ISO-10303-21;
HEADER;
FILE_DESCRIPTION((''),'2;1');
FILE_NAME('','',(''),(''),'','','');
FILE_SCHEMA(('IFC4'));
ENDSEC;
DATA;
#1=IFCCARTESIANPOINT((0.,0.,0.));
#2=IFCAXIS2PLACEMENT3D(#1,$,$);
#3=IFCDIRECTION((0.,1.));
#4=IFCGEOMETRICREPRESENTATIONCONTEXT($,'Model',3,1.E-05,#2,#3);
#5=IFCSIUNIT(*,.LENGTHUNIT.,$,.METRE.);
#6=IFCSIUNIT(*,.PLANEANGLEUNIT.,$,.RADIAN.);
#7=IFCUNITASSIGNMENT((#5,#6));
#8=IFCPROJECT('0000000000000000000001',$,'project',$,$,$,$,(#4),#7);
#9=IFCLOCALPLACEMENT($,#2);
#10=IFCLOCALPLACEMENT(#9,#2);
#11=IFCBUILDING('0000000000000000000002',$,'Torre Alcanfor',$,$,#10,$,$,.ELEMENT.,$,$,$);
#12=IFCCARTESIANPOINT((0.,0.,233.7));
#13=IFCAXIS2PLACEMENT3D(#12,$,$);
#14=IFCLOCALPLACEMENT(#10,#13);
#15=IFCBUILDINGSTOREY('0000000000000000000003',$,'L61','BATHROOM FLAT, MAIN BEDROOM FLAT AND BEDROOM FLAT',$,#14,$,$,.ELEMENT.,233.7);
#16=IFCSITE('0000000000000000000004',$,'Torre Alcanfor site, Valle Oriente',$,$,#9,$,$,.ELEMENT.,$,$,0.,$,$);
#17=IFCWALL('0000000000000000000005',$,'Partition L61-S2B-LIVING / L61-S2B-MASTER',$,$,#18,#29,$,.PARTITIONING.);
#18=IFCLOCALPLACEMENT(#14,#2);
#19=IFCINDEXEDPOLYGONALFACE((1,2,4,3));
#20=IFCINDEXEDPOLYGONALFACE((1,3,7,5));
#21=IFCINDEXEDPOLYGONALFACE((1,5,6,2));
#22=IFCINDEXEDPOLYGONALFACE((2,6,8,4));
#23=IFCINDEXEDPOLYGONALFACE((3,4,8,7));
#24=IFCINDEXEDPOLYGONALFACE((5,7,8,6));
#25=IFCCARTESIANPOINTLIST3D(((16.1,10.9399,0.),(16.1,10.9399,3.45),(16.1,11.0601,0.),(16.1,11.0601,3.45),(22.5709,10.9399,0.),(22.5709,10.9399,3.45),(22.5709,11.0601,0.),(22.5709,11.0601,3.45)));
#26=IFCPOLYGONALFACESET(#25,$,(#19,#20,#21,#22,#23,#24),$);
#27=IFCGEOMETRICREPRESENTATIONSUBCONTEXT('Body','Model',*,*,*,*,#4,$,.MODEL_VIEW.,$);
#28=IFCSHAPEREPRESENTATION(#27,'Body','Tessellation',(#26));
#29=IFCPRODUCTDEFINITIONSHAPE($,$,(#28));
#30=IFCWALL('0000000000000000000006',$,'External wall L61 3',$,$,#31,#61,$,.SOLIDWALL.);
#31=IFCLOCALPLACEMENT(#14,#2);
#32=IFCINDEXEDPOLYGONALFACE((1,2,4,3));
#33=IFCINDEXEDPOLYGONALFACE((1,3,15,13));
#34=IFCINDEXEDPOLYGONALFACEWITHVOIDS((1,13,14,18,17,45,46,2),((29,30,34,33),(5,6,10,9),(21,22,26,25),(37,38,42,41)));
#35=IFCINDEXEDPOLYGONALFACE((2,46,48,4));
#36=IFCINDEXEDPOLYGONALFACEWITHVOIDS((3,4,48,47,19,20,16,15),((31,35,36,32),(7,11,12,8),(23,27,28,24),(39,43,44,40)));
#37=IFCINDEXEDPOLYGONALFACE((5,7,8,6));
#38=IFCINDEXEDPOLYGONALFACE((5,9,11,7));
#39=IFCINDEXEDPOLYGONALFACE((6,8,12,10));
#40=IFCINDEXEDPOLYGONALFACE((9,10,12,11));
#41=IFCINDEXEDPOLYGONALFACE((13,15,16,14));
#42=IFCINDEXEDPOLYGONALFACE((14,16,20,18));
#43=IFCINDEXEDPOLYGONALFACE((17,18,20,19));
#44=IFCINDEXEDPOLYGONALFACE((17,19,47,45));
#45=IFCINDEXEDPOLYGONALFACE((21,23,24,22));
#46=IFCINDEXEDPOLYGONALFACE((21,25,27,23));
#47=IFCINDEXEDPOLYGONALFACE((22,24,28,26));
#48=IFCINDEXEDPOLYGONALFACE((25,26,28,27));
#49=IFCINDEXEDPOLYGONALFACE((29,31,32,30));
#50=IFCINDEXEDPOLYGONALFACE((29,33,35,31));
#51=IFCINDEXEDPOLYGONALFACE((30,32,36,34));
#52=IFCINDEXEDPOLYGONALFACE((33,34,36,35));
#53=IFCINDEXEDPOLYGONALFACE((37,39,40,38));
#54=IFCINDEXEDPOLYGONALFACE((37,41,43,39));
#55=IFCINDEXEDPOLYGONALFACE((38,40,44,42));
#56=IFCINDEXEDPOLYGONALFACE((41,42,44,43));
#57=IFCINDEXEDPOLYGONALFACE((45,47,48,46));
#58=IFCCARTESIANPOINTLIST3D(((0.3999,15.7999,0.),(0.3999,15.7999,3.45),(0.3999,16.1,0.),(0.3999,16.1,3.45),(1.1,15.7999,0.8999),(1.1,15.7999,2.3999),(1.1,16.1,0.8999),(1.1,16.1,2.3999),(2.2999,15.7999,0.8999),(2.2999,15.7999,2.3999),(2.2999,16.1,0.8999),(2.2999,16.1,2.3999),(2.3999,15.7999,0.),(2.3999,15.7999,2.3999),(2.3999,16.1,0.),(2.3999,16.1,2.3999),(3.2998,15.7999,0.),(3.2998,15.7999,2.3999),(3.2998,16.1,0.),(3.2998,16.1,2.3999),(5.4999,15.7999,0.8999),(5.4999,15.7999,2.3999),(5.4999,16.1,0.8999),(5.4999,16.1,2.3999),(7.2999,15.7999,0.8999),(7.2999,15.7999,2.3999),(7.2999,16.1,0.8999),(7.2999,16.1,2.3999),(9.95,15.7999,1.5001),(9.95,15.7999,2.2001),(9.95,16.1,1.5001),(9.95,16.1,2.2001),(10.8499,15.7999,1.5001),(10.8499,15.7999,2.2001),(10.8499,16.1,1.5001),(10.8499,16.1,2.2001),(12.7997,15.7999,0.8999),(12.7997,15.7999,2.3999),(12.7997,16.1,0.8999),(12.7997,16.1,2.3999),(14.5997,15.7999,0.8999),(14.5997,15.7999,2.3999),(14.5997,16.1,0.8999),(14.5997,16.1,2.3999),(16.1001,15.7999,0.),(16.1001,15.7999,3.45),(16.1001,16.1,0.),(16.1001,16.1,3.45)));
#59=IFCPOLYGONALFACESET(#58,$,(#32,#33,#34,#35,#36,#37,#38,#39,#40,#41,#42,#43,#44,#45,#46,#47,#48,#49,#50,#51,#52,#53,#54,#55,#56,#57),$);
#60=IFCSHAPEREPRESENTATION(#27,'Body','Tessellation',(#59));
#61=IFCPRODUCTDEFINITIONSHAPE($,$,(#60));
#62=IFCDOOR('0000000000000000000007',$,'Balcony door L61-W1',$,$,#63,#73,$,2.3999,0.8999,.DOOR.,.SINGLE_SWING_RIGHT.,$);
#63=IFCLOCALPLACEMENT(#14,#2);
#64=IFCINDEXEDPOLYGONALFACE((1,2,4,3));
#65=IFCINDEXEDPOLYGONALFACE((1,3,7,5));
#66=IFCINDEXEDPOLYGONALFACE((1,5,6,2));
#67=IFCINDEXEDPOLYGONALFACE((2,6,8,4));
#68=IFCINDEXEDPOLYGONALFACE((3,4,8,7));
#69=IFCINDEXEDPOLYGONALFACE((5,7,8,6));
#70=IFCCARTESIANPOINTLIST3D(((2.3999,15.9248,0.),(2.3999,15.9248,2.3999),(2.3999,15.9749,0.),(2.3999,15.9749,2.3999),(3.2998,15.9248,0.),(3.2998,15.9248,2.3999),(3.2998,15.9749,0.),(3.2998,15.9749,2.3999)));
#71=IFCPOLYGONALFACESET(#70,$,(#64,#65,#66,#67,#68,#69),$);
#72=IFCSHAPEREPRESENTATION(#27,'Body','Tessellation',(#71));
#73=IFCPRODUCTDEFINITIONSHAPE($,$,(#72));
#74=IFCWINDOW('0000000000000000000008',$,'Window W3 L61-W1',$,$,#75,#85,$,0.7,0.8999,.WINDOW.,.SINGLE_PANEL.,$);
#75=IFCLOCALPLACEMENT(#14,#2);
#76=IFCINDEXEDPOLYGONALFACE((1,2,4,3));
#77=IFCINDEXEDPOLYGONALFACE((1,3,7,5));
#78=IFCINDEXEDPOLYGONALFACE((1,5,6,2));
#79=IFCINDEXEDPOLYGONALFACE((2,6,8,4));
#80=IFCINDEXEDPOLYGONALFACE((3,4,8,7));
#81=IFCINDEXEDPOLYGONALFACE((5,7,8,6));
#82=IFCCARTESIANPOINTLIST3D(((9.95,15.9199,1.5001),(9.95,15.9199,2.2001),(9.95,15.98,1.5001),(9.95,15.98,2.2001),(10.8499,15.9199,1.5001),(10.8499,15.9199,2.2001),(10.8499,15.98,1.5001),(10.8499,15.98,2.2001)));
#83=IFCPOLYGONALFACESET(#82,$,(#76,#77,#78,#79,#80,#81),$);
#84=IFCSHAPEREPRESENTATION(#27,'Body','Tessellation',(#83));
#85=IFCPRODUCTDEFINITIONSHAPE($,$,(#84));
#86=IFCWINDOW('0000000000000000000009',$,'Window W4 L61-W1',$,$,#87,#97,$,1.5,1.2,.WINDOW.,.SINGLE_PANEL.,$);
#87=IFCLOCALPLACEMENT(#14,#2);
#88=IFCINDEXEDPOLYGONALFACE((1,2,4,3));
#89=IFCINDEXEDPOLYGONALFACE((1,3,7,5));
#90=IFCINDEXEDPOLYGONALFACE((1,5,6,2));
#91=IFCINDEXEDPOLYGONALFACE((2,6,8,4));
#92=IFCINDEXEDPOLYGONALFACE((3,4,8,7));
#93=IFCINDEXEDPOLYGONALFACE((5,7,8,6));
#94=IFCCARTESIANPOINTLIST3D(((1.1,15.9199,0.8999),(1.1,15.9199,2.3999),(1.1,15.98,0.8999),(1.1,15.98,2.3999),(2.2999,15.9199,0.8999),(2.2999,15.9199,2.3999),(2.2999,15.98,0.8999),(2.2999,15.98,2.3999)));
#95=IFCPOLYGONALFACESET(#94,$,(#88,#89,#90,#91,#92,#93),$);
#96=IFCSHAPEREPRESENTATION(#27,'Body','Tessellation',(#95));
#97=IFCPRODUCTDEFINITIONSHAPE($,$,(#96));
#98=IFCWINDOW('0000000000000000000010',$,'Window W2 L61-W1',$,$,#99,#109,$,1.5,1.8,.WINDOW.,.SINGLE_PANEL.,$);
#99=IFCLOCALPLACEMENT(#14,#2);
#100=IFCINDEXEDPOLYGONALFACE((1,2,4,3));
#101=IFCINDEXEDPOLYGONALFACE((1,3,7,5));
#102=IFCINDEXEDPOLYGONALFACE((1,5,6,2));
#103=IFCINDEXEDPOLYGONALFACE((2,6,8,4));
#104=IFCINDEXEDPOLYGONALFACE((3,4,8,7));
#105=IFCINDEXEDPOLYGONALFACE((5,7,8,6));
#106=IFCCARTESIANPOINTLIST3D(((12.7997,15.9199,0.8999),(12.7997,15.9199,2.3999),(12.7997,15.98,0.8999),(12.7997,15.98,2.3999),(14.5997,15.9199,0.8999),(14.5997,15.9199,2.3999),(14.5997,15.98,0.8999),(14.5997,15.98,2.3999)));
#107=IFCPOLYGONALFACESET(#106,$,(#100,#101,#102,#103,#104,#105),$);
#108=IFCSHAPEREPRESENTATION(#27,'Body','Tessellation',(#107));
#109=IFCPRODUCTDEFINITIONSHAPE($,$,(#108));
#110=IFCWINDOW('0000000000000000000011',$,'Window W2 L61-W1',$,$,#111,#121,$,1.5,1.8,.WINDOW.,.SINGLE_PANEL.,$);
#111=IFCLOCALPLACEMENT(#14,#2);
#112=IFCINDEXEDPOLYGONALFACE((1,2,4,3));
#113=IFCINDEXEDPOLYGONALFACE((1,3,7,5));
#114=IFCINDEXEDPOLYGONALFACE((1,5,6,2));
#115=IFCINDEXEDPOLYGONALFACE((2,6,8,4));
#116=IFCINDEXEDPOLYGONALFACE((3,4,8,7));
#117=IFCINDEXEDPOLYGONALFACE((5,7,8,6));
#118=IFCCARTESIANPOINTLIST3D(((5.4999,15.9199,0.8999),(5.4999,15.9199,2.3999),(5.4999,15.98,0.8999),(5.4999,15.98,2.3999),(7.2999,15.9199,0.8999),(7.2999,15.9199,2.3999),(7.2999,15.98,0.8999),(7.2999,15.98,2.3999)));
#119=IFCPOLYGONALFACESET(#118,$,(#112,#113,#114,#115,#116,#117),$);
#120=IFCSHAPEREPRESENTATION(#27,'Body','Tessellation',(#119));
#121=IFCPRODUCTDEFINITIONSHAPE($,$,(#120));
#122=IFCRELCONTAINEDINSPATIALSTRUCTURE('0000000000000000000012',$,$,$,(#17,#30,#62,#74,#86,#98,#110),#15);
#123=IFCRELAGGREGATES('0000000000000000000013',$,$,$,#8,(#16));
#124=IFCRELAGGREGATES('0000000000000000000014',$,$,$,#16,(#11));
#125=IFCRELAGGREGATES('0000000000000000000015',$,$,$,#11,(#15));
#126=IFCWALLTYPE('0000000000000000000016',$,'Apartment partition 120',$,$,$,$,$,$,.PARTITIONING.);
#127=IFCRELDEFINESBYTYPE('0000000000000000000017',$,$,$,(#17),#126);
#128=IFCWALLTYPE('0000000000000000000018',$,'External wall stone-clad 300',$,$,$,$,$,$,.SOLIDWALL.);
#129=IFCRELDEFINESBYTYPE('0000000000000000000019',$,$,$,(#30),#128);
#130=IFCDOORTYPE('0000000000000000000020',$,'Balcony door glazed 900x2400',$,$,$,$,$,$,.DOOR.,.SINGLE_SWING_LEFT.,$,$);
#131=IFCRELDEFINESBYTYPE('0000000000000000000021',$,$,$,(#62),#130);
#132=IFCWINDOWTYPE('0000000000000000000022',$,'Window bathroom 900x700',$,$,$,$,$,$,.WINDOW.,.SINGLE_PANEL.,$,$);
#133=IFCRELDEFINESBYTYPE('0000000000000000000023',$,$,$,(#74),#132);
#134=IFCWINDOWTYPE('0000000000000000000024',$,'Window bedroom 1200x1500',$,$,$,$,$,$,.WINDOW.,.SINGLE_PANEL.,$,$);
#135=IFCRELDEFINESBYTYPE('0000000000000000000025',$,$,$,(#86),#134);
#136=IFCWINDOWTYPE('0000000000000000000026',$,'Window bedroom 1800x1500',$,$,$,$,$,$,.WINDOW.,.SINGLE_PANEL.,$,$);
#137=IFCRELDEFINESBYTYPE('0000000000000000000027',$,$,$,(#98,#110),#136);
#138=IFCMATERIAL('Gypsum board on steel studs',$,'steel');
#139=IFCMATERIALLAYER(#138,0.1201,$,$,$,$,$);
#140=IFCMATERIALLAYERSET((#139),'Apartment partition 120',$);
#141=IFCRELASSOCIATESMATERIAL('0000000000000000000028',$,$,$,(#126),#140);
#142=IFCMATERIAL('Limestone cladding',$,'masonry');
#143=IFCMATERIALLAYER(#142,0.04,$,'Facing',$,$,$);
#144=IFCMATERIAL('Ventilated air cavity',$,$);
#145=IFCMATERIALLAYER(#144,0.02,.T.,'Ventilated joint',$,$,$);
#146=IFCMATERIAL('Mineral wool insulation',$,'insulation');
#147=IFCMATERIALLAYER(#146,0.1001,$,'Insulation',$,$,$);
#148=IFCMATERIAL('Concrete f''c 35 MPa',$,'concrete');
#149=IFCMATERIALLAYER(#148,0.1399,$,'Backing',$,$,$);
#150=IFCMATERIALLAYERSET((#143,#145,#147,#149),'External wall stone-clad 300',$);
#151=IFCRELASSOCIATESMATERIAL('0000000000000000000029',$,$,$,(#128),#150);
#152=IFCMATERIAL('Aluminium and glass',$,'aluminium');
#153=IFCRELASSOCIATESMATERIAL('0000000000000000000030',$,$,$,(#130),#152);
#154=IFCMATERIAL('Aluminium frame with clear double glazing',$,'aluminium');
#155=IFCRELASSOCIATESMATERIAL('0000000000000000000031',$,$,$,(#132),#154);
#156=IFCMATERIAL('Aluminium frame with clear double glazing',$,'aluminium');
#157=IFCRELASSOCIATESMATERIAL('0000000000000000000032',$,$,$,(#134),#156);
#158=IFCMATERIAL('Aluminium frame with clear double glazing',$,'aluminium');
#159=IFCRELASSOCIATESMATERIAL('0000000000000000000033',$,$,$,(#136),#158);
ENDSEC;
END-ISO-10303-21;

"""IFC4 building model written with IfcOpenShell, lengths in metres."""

from ifc_helpers import new_model, si_unit, direction, frame, frame_2d, origin, place, context, subcontext, project, spatial, rectangle, extrude, material, layer, layer_set, type_object, element, fill, save


model = new_model("IFC4")

# Units and contexts
model_context = context("Model", 3, precision=1e-05, world=origin(), true_north=direction((0.0, 1.0)))
body_context = subcontext(model_context, "Body", "Model", "MODEL_VIEW")
ifc_project = project(units=[si_unit("LENGTHUNIT", "METRE"), si_unit("PLANEANGLEUNIT", "RADIAN")], contexts=[model_context])

# Site, building, storey
site_placement = place(None, origin())
site = spatial("IfcSite", under=ifc_project, at=site_placement, Name="Torre Alcanfor site, Valle Oriente", CompositionType="ELEMENT", RefElevation=0.0)
building_placement = place(site_placement, origin())
building = spatial("IfcBuilding", under=site, at=building_placement, Name="Torre Alcanfor", CompositionType="ELEMENT")
storey_placement = place(building_placement, frame((0.0, 0.0, 233.7)))
storey = spatial("IfcBuildingStorey", under=building, at=storey_placement, Name="L61", Description="BATHROOM FLAT, MAIN BEDROOM FLAT AND BEDROOM FLAT", CompositionType="ELEMENT", Elevation=233.7)

# Wall
ifc_material_1 = material(Name="Gypsum board on steel studs", Category="steel")
ifc_layer_1 = layer(ifc_material_1, 0.1201)
ifc_layer_set_1 = layer_set([ifc_layer_1], Name="Apartment partition 120")
wall_type_1 = type_object("IfcWallType", Name="Apartment partition 120", PredefinedType="PARTITIONING", material=ifc_layer_set_1)
wall_1_placement = place(storey_placement, frame((16.1001, 11.0, 0.0), z_axis=(0.0, 0.0, 1.0), x_axis=(1.0, 0.0, 0.0)))
element("IfcWall", 1, at=wall_1_placement, inside=storey, type_object=wall_type_1, Name="Partition L61-S2B-LIVING / L61-S2B-MASTER", PredefinedType="PARTITIONING", context=body_context, shape_type="SweptSolid", body=[
    extrude(rectangle(XDim=6.4709, YDim=0.1201, at=frame_2d((3.2354, 0.0))), origin(), (0.0, 0.0, 1.0), 3.45),
])

# Wall, openings, door, windows
ifc_material_2 = material(Name="Limestone cladding", Category="masonry")
ifc_layer_2 = layer(ifc_material_2, 0.04, Name="Facing")
ifc_material_3 = material(Name="Ventilated air cavity")
ifc_layer_3 = layer(ifc_material_3, 0.02, ventilated=True, Name="Ventilated joint")
ifc_material_4 = material(Name="Mineral wool insulation", Category="insulation")
ifc_layer_4 = layer(ifc_material_4, 0.1001, Name="Insulation")
ifc_material_5 = material(Name="Concrete f'c 35 MPa", Category="concrete")
ifc_layer_5 = layer(ifc_material_5, 0.1399, Name="Backing")
ifc_layer_set_2 = layer_set([ifc_layer_2, ifc_layer_3, ifc_layer_4, ifc_layer_5], Name="External wall stone-clad 300")
wall_type_2 = type_object("IfcWallType", Name="External wall stone-clad 300", PredefinedType="SOLIDWALL", material=ifc_layer_set_2)
wall_2_placement = place(storey_placement, frame((0.3999, 15.95, 0.0), z_axis=(0.0, 0.0, 1.0), x_axis=(1.0, 0.0, 0.0)))
wall_2 = element("IfcWall", 2, at=wall_2_placement, inside=storey, type_object=wall_type_2, Name="External wall L61 3", PredefinedType="SOLIDWALL", context=body_context, shape_type="SweptSolid", body=[
    extrude(rectangle(XDim=15.7002, YDim=0.3, at=frame_2d((7.8501, 0.0))), origin(), (0.0, 0.0, 1.0), 3.45),
])
opening_1_placement = place(wall_2_placement, frame((12.3999, 0.0, 0.8999)))
opening_1 = element("IfcOpeningElement", 3, at=opening_1_placement, cuts=wall_2, PredefinedType="OPENING", context=body_context, shape_type="SweptSolid", body=[
    extrude(rectangle(XDim=1.8, YDim=1.5, at=frame_2d((0.8999, 0.75))), frame((0.0, 0.1599, 0.0), z_axis=(0.0, -1.0, 0.0), x_axis=(1.0, 0.0, 0.0)), (0.0, 0.0, 1.0), 0.3201),
])
opening_2_placement = place(wall_2_placement, frame((9.55, 0.0, 1.5)))
opening_2 = element("IfcOpeningElement", 4, at=opening_2_placement, cuts=wall_2, PredefinedType="OPENING", context=body_context, shape_type="SweptSolid", body=[
    extrude(rectangle(XDim=0.8999, YDim=0.7, at=frame_2d((0.45, 0.3501))), frame((0.0, 0.1599, 0.0), z_axis=(0.0, -1.0, 0.0), x_axis=(1.0, 0.0, 0.0)), (0.0, 0.0, 1.0), 0.3201),
])
opening_3_placement = place(wall_2_placement, frame((5.1001, 0.0, 0.8999)))
opening_3 = element("IfcOpeningElement", 5, at=opening_3_placement, cuts=wall_2, PredefinedType="OPENING", context=body_context, shape_type="SweptSolid", body=[
    extrude(rectangle(XDim=1.8, YDim=1.5, at=frame_2d((0.8999, 0.75))), frame((0.0, 0.1599, 0.0), z_axis=(0.0, -1.0, 0.0), x_axis=(1.0, 0.0, 0.0)), (0.0, 0.0, 1.0), 0.3201),
])
opening_4_placement = place(wall_2_placement, frame((2.0, 0.0, 0.0)))
opening_4 = element("IfcOpeningElement", 6, at=opening_4_placement, cuts=wall_2, PredefinedType="OPENING", context=body_context, shape_type="SweptSolid", body=[
    extrude(rectangle(XDim=0.8999, YDim=2.3999, at=frame_2d((0.45, 1.2))), frame((0.0, 0.1599, 0.0), z_axis=(0.0, -1.0, 0.0), x_axis=(1.0, 0.0, 0.0)), (0.0, 0.0, 1.0), 0.3201),
])
opening_5_placement = place(wall_2_placement, frame((0.7, 0.0, 0.8999)))
opening_5 = element("IfcOpeningElement", 7, at=opening_5_placement, cuts=wall_2, PredefinedType="OPENING", context=body_context, shape_type="SweptSolid", body=[
    extrude(rectangle(XDim=1.2, YDim=1.5, at=frame_2d((0.6001, 0.75))), frame((0.0, 0.1599, 0.0), z_axis=(0.0, -1.0, 0.0), x_axis=(1.0, 0.0, 0.0)), (0.0, 0.0, 1.0), 0.3201),
])
ifc_material_6 = material(Name="Aluminium and glass", Category="aluminium")
door_type = type_object("IfcDoorType", Name="Balcony door glazed 900x2400", OperationType="SINGLE_SWING_LEFT", PredefinedType="DOOR", material=ifc_material_6)
door_placement = place(opening_4_placement, origin())
door = element("IfcDoor", 8, at=door_placement, inside=storey, type_object=door_type, Name="Balcony door L61-W1", OperationType="SINGLE_SWING_RIGHT", OverallHeight=2.3999, OverallWidth=0.8999, PredefinedType="DOOR", context=body_context, shape_type="SweptSolid", body=[
    extrude(rectangle(XDim=0.8999, YDim=2.3999, at=frame_2d((0.45, 1.2))), frame((0.0, 0.0249, 0.0), z_axis=(0.0, -1.0, 0.0), x_axis=(1.0, 0.0, 0.0)), (0.0, 0.0, 1.0), 0.05),
])
fill(opening_4, door)
ifc_material_7 = material(Name="Aluminium frame with clear double glazing", Category="aluminium")
window_type_1 = type_object("IfcWindowType", Name="Window bathroom 900x700", PartitioningType="SINGLE_PANEL", PredefinedType="WINDOW", material=ifc_material_7)
window_1_placement = place(opening_2_placement, origin())
window_1 = element("IfcWindow", 9, at=window_1_placement, inside=storey, type_object=window_type_1, Name="Window W3 L61-W1", OverallHeight=0.7, OverallWidth=0.8999, PartitioningType="SINGLE_PANEL", PredefinedType="WINDOW", context=body_context, shape_type="SweptSolid", body=[
    extrude(rectangle(XDim=0.8999, YDim=0.7, at=frame_2d((0.45, 0.3501))), frame((0.0, 0.03, 0.0), z_axis=(0.0, -1.0, 0.0), x_axis=(1.0, 0.0, 0.0)), (0.0, 0.0, 1.0), 0.0601),
])
fill(opening_2, window_1)
ifc_material_8 = material(Name="Aluminium frame with clear double glazing", Category="aluminium")
window_type_2 = type_object("IfcWindowType", Name="Window bedroom 1200x1500", PartitioningType="SINGLE_PANEL", PredefinedType="WINDOW", material=ifc_material_8)
window_2_placement = place(opening_5_placement, origin())
window_2 = element("IfcWindow", 10, at=window_2_placement, inside=storey, type_object=window_type_2, Name="Window W4 L61-W1", OverallHeight=1.5, OverallWidth=1.2, PartitioningType="SINGLE_PANEL", PredefinedType="WINDOW", context=body_context, shape_type="SweptSolid", body=[
    extrude(rectangle(XDim=1.2, YDim=1.5, at=frame_2d((0.6001, 0.75))), frame((0.0, 0.03, 0.0), z_axis=(0.0, -1.0, 0.0), x_axis=(1.0, 0.0, 0.0)), (0.0, 0.0, 1.0), 0.0601),
])
fill(opening_5, window_2)
ifc_material_9 = material(Name="Aluminium frame with clear double glazing", Category="aluminium")
window_type_3 = type_object("IfcWindowType", Name="Window bedroom 1800x1500", PartitioningType="SINGLE_PANEL", PredefinedType="WINDOW", material=ifc_material_9)
window_3_placement = place(opening_1_placement, origin())
window_3 = element("IfcWindow", 11, at=window_3_placement, inside=storey, type_object=window_type_3, Name="Window W2 L61-W1", OverallHeight=1.5, OverallWidth=1.8, PartitioningType="SINGLE_PANEL", PredefinedType="WINDOW", context=body_context, shape_type="SweptSolid", body=[
    extrude(rectangle(XDim=1.8, YDim=1.5, at=frame_2d((0.8999, 0.75))), frame((0.0, 0.03, 0.0), z_axis=(0.0, -1.0, 0.0), x_axis=(1.0, 0.0, 0.0)), (0.0, 0.0, 1.0), 0.0601),
])
fill(opening_1, window_3)
window_4_placement = place(opening_3_placement, origin())
window_4 = element("IfcWindow", 12, at=window_4_placement, inside=storey, type_object=window_type_3, Name="Window W2 L61-W1", OverallHeight=1.5, OverallWidth=1.8, PartitioningType="SINGLE_PANEL", PredefinedType="WINDOW", context=body_context, shape_type="SweptSolid", body=[
    extrude(rectangle(XDim=1.8, YDim=1.5, at=frame_2d((0.8999, 0.75))), frame((0.0, 0.03, 0.0), z_axis=(0.0, -1.0, 0.0), x_axis=(1.0, 0.0, 0.0)), (0.0, 0.0, 1.0), 0.0601),
])
fill(opening_3, window_4)

save(model, "model.ifc")
